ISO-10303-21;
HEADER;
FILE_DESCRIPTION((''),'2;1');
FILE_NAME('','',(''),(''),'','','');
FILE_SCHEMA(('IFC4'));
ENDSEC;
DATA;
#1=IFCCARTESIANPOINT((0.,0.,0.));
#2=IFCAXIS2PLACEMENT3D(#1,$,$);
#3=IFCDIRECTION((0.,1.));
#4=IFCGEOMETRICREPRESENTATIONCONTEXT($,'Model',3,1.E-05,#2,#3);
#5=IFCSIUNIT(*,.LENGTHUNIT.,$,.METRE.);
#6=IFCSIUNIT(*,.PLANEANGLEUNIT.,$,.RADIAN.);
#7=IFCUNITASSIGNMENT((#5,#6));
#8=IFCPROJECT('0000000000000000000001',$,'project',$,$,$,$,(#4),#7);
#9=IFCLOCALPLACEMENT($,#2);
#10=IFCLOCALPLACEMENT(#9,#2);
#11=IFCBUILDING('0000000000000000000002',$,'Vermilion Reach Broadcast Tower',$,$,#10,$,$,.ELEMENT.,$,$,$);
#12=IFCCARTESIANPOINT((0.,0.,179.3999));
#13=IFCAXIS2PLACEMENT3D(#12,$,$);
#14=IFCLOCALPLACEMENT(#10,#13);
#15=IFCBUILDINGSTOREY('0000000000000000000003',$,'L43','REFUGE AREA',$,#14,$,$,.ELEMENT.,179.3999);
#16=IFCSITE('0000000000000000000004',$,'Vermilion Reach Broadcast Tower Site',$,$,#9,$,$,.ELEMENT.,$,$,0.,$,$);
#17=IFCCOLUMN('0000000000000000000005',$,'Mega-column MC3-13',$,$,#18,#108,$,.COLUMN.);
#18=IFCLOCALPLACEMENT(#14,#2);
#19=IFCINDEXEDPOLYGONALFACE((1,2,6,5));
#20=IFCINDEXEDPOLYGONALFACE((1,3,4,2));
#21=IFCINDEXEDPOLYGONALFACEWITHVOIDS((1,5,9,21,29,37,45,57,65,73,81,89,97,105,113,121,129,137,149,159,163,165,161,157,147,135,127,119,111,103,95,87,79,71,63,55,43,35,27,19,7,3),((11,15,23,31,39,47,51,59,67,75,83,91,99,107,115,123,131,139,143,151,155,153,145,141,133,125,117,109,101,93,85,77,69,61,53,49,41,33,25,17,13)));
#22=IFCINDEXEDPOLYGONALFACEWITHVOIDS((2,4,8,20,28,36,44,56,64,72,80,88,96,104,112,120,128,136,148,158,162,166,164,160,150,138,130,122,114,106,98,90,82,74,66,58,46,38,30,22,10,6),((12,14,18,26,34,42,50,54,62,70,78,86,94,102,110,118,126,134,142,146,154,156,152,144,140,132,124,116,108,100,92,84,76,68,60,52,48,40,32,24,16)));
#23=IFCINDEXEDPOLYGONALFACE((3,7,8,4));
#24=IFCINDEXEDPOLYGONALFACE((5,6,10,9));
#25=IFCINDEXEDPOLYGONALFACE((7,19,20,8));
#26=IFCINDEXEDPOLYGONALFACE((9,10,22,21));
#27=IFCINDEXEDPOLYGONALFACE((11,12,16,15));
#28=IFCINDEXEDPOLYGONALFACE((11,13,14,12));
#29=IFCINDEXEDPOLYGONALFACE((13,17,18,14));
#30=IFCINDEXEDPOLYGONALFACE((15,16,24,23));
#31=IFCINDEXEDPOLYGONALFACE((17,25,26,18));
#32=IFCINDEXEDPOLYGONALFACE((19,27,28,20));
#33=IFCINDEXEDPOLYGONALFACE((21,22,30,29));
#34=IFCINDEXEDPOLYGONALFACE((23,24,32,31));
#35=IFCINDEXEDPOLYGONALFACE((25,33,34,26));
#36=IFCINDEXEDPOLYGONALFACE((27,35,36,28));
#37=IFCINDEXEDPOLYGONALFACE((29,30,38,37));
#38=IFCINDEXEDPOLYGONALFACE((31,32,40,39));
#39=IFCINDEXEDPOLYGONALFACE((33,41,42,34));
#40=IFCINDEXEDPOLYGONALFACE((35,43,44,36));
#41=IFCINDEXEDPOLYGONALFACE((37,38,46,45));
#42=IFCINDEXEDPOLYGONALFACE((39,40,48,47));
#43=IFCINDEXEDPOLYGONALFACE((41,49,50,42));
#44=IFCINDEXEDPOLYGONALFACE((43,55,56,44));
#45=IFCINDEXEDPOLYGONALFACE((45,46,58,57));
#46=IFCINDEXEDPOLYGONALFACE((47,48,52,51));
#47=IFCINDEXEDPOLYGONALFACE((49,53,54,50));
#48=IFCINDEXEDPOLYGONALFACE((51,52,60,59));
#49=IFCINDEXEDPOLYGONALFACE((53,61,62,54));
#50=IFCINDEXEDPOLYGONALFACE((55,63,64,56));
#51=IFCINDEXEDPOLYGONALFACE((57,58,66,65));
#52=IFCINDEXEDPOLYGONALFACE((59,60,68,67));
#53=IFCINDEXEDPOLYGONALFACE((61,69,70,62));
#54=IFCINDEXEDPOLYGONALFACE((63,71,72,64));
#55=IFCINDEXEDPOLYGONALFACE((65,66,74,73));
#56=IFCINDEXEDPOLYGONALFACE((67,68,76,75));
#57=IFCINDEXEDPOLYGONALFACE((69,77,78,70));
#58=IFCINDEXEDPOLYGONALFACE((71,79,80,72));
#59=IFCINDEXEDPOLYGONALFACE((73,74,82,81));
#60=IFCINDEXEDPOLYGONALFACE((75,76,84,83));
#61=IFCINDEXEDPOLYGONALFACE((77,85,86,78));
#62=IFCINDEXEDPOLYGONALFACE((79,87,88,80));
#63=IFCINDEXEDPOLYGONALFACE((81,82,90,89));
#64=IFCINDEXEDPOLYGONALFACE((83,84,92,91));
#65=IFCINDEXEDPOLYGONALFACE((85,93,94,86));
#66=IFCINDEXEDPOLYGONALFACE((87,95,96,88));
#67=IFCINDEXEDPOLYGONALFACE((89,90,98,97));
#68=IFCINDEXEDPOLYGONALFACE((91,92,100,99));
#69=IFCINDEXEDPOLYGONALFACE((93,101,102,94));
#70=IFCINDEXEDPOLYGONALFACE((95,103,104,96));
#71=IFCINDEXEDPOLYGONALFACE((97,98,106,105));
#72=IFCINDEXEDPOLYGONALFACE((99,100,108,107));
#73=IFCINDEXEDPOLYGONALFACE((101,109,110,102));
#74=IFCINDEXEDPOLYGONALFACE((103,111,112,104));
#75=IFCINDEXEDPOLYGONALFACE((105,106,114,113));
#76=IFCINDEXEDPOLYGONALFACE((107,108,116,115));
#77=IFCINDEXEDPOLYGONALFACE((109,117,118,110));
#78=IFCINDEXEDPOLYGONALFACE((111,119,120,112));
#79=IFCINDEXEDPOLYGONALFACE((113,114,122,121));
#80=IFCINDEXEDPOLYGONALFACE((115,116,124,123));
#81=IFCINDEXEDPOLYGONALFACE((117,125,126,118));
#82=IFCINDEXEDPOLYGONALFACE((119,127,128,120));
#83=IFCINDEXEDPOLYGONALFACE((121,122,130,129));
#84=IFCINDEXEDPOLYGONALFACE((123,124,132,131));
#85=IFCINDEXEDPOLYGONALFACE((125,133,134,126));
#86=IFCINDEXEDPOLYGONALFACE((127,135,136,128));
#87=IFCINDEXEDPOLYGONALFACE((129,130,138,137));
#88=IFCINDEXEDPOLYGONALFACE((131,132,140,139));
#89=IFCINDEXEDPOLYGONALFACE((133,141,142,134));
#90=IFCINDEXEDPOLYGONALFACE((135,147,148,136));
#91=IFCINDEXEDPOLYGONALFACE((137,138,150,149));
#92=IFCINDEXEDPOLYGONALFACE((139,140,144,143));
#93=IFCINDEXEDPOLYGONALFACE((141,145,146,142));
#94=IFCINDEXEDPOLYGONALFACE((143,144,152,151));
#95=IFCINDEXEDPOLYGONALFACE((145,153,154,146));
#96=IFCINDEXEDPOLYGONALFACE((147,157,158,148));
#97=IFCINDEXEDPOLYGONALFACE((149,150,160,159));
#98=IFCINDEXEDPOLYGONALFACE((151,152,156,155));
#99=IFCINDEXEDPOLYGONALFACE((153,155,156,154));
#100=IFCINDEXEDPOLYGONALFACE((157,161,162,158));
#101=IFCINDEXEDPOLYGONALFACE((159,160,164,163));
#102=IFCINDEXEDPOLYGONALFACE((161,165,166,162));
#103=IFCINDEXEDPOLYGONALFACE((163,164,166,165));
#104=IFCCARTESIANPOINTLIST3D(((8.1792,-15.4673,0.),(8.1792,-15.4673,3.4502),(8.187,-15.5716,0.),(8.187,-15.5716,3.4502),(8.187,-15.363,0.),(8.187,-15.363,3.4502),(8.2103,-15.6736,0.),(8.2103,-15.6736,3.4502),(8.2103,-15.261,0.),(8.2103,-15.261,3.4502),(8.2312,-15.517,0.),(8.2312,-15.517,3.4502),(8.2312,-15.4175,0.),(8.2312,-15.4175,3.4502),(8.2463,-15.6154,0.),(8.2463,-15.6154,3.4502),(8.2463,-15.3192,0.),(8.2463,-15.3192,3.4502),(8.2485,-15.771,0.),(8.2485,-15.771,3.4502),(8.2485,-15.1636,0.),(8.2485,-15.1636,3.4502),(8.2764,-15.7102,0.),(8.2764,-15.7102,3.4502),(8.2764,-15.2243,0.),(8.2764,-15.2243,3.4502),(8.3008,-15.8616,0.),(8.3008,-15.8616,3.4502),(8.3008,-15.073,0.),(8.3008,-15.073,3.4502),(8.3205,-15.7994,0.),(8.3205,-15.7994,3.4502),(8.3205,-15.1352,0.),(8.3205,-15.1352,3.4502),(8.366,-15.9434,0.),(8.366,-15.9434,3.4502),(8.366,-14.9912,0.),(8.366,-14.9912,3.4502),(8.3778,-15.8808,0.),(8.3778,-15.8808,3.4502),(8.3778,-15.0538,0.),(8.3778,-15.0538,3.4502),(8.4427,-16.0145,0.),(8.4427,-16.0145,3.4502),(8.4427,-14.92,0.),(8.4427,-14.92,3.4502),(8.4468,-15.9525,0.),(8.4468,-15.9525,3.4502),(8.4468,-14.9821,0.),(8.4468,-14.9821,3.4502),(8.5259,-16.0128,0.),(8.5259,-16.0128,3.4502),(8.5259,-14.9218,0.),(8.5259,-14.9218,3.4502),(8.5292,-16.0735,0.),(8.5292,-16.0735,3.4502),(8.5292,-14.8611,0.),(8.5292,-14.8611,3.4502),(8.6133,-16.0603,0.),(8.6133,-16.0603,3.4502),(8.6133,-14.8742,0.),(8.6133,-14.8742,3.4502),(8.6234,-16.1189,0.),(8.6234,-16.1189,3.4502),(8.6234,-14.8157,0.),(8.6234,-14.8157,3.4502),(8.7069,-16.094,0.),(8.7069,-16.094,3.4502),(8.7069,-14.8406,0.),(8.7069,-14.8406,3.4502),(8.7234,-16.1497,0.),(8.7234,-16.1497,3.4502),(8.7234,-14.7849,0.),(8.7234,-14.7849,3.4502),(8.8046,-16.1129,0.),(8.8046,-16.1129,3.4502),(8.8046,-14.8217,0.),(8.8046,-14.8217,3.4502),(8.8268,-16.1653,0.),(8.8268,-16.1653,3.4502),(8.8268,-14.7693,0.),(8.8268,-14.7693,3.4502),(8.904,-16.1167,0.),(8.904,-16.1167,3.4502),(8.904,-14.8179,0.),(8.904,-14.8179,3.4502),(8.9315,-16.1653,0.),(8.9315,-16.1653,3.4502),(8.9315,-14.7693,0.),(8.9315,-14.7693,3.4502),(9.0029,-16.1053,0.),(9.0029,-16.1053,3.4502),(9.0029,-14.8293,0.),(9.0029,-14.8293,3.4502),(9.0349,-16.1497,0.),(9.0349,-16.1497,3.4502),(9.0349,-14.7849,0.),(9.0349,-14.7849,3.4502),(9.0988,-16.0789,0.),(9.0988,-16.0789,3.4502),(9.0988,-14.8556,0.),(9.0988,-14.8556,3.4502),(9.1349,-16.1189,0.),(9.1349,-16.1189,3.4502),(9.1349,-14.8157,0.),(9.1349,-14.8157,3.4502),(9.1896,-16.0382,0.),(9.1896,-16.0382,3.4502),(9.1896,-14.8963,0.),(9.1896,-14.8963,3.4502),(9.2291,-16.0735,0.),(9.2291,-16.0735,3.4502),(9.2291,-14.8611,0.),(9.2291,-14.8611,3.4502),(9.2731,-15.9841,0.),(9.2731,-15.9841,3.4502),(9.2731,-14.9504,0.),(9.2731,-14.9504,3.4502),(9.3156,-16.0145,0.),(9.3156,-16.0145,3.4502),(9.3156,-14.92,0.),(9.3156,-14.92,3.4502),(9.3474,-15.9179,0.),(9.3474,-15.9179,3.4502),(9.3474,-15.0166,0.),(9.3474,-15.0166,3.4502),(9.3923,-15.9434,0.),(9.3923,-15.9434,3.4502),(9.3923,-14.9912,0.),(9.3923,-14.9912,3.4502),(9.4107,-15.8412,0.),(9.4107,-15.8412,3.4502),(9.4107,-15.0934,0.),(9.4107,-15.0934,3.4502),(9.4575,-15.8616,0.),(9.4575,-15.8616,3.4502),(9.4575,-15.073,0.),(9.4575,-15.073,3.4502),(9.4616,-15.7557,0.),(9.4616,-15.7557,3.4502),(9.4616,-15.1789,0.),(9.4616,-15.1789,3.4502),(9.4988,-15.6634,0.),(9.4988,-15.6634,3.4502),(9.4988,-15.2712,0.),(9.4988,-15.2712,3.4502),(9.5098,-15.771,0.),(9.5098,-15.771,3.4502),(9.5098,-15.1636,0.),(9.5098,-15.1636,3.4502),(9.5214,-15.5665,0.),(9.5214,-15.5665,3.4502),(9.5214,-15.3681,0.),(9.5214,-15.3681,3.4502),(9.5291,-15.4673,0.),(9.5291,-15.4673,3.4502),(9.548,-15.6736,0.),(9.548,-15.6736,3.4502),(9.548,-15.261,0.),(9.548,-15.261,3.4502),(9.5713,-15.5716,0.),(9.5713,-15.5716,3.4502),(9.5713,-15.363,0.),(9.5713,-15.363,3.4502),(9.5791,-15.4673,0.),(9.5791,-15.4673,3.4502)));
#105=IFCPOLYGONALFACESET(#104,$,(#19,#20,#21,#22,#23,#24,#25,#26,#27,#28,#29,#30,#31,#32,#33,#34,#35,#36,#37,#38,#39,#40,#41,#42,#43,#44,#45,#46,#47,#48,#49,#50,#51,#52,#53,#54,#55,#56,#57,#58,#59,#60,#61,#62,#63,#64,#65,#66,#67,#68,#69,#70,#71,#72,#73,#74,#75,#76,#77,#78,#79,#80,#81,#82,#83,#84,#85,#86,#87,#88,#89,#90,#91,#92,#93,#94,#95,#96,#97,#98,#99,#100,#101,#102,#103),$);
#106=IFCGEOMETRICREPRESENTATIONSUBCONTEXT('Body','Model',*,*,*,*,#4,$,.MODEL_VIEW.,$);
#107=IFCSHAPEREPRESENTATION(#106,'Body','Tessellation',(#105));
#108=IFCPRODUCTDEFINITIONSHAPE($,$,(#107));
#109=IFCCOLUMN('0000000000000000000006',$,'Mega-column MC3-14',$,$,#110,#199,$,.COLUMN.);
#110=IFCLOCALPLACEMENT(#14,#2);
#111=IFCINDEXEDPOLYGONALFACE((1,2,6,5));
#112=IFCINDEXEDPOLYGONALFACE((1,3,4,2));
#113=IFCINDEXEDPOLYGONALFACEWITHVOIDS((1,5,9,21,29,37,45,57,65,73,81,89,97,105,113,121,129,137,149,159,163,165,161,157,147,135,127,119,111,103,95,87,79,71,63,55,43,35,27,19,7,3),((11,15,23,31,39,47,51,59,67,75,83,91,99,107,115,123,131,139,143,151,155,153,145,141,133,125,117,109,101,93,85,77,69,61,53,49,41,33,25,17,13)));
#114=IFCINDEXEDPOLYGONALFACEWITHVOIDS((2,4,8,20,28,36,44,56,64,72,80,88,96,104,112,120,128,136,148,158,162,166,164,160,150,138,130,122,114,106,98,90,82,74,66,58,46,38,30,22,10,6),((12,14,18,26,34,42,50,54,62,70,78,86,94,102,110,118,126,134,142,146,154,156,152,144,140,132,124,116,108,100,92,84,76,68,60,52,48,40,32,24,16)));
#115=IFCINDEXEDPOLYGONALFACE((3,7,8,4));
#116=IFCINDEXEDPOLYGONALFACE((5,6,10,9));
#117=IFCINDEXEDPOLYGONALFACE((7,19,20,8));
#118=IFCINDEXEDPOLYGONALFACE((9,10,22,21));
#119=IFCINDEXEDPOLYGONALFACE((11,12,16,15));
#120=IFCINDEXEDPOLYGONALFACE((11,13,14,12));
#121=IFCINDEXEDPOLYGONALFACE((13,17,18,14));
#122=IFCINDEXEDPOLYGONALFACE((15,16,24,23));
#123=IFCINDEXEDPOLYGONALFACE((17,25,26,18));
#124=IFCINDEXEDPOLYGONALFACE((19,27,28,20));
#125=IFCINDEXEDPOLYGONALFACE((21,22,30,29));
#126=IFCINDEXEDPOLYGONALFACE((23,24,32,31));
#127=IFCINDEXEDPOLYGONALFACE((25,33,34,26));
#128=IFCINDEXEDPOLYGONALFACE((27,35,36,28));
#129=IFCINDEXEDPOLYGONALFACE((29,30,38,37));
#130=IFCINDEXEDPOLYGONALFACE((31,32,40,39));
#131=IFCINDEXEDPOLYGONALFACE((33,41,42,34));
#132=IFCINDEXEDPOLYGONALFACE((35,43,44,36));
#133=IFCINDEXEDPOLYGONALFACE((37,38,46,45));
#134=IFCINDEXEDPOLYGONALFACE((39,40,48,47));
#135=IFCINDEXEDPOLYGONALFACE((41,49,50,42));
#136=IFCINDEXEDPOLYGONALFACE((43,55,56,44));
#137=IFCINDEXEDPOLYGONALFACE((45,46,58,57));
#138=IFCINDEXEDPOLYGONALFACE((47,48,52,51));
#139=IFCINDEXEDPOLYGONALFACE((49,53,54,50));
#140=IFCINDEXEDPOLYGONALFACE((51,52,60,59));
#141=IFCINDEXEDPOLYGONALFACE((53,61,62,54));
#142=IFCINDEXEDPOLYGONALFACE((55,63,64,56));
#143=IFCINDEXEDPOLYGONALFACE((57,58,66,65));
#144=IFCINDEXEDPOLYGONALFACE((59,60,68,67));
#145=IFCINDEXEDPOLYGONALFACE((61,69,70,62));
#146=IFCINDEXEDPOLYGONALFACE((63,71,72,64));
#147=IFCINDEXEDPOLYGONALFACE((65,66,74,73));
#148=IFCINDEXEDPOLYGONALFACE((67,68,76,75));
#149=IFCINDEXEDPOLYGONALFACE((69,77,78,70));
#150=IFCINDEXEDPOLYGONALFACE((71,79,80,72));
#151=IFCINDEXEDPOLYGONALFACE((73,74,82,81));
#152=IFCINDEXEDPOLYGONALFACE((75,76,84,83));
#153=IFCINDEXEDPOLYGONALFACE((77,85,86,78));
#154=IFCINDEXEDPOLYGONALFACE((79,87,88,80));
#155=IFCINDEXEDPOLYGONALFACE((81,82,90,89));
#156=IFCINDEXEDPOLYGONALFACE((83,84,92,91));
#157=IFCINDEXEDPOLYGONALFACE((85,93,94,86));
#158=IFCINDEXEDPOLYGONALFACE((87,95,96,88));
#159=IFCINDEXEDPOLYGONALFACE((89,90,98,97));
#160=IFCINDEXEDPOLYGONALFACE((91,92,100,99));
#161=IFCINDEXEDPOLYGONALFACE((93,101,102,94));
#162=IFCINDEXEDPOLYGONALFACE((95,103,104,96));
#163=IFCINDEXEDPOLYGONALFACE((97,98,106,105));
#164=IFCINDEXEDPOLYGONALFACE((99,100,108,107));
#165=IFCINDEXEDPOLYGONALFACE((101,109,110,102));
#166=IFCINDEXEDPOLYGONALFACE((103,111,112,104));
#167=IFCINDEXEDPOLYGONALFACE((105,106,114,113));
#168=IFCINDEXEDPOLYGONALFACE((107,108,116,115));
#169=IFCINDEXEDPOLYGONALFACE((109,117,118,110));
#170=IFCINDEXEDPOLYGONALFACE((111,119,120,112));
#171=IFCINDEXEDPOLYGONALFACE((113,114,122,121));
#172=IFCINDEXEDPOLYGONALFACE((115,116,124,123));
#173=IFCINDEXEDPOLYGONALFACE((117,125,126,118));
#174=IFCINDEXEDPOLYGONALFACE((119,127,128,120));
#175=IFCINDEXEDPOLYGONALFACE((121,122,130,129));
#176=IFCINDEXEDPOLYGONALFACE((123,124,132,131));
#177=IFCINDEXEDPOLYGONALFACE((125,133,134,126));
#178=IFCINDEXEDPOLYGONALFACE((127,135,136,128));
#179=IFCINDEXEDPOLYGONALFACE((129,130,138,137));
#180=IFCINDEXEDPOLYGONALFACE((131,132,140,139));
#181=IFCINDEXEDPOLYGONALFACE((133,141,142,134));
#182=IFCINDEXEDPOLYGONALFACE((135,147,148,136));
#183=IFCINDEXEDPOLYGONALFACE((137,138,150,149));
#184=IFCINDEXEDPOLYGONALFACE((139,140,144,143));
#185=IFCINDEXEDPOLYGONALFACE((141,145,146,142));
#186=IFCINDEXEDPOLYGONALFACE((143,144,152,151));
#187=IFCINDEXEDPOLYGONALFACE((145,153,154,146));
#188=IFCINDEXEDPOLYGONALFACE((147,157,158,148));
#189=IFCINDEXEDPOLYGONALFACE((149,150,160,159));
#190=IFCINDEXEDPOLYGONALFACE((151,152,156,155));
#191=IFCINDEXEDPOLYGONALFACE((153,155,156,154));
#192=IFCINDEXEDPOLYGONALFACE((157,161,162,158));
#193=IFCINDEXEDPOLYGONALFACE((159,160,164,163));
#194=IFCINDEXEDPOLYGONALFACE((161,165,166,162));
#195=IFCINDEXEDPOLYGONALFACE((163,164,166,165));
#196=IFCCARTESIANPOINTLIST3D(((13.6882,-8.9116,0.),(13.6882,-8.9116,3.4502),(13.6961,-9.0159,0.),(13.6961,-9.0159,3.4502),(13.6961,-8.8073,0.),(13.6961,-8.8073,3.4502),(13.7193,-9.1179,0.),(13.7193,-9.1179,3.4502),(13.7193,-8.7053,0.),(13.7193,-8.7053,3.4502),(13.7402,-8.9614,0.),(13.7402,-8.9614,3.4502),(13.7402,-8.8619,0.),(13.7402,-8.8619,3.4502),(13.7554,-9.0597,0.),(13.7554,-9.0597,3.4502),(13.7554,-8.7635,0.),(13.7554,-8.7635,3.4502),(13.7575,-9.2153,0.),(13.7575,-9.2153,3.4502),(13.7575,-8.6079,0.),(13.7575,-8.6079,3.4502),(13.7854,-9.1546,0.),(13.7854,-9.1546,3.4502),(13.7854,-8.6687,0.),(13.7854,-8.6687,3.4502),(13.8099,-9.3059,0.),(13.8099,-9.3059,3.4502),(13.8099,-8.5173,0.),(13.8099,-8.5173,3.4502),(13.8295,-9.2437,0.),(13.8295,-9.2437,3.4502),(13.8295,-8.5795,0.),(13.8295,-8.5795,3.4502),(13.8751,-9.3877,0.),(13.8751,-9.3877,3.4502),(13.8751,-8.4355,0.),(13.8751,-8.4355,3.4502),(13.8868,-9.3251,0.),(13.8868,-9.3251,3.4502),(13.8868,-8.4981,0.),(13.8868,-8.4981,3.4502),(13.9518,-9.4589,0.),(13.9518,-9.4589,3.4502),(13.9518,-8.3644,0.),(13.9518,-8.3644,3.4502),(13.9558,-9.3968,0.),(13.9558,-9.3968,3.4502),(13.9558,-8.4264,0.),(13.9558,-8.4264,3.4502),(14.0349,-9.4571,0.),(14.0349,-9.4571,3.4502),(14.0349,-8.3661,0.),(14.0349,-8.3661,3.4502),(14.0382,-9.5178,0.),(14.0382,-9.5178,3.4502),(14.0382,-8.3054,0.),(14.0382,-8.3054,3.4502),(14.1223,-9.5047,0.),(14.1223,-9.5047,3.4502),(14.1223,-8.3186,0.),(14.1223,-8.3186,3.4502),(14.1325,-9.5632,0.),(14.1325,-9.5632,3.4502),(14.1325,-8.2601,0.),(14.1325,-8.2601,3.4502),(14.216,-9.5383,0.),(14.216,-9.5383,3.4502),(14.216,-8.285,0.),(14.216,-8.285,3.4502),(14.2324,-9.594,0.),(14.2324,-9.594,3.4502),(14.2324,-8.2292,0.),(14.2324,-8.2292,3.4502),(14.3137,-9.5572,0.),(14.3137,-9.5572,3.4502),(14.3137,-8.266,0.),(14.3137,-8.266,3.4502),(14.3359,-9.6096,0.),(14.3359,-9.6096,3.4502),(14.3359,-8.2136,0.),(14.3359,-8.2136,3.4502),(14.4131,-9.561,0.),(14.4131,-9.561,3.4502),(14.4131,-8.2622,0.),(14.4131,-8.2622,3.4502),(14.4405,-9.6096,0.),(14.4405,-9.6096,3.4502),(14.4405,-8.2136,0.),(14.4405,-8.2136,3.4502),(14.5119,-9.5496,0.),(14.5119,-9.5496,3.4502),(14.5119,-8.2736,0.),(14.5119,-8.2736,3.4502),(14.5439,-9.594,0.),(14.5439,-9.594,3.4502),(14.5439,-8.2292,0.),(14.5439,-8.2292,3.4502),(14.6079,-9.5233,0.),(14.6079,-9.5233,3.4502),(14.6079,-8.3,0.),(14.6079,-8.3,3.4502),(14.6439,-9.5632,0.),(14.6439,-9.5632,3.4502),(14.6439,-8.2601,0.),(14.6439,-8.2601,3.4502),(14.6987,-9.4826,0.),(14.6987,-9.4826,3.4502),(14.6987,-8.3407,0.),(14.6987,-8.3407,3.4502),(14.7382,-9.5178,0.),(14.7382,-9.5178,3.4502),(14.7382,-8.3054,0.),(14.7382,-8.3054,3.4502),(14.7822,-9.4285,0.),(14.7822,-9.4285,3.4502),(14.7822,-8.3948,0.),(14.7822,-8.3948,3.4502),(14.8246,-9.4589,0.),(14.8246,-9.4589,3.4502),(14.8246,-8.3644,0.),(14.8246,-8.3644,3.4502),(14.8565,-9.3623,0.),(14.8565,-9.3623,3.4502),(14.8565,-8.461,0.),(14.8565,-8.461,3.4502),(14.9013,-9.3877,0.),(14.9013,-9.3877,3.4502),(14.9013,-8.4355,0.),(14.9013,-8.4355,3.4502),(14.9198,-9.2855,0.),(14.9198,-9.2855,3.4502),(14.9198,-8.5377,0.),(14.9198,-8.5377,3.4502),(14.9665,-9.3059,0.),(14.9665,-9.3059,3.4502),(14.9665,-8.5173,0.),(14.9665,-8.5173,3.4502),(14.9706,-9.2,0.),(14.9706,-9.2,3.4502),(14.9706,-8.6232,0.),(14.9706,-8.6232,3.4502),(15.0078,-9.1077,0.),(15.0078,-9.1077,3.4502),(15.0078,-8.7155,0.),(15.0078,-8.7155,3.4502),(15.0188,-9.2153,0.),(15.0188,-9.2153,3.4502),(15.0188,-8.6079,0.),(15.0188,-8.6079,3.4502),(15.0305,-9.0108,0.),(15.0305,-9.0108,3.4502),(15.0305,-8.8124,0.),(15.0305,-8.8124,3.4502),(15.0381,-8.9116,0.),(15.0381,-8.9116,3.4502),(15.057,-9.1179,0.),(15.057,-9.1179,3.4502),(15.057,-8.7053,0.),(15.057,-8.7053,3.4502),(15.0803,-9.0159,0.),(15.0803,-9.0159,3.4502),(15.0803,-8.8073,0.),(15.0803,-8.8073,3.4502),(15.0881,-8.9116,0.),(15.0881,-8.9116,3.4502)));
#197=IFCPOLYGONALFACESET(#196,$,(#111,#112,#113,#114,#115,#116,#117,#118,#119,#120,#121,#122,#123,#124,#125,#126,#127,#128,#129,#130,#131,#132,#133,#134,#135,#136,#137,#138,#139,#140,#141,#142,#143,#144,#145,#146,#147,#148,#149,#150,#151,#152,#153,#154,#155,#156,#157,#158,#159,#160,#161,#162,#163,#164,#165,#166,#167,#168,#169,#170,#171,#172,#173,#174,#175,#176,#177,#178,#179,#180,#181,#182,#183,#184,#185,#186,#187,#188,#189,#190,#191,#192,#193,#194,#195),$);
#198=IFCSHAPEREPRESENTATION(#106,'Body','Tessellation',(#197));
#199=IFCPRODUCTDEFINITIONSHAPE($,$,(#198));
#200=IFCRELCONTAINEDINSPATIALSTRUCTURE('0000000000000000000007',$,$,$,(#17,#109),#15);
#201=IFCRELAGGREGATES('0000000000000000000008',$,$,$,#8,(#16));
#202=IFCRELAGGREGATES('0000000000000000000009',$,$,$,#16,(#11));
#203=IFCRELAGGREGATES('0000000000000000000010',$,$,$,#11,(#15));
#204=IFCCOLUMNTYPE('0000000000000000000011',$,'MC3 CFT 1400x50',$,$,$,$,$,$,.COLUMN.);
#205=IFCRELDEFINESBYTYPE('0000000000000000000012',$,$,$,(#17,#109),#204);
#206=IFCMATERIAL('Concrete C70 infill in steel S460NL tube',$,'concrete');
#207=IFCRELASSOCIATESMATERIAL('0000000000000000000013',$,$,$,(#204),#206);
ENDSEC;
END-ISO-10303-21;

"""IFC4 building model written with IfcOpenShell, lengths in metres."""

from ifc_helpers import new_model, si_unit, direction, frame, origin, origin_2d, place, context, subcontext, project, spatial, hollow_circle, extrude, material, material_profile, profile_set, type_object, element, save


model = new_model("IFC4")

# Units and contexts
model_context = context("Model", 3, precision=1e-05, world=origin(), true_north=direction((0.0, 1.0)))
body_context = subcontext(model_context, "Body", "Model", "MODEL_VIEW")
ifc_project = project(units=[si_unit("LENGTHUNIT", "METRE"), si_unit("PLANEANGLEUNIT", "RADIAN")], contexts=[model_context])

# Site, building, storey
site_placement = place(None, origin())
site = spatial("IfcSite", under=ifc_project, at=site_placement, Name="Vermilion Reach Broadcast Tower Site", CompositionType="ELEMENT", RefElevation=0.0)
building_placement = place(site_placement, origin())
building = spatial("IfcBuilding", under=site, at=building_placement, Name="Vermilion Reach Broadcast Tower", CompositionType="ELEMENT")
storey_placement = place(building_placement, frame((0.0, 0.0, 179.3999)))
storey = spatial("IfcBuildingStorey", under=building, at=storey_placement, Name="L43", Description="REFUGE AREA", CompositionType="ELEMENT", Elevation=179.3999)

# Columns
ifc_material_1 = material(Name="Concrete C70 infill in steel S460NL tube", Category="concrete")
ifc_material_profile_1 = material_profile(ifc_material_1, hollow_circle(Radius=0.7, WallThickness=0.05, at=origin_2d()), Name="Concrete C70 infill in steel S460NL tube CFT 1400x50")
ifc_profile_set_1 = profile_set([ifc_material_profile_1], Name="Concrete C70 infill in steel S460NL tube")
column_type = type_object("IfcColumnType", Name="MC3 CFT 1400x50", PredefinedType="COLUMN", material=ifc_profile_set_1)
for number, where, z_axis, x_axis, name in (
    (1, (8.8792, -15.4673, 0.0), (0.0, 0.0, 1.0), (1.0, 0.0, 0.0), "Mega-column MC3-13"),
    (2, (14.3882, -8.9116, 0.0), (0.0, 0.0, 1.0), (1.0, 0.0, 0.0), "Mega-column MC3-14"),
):
    element("IfcColumn", number, at=place(storey_placement, frame(where, z_axis=z_axis, x_axis=x_axis)), inside=storey, type_object=column_type, Name=name, PredefinedType="COLUMN", context=body_context, shape_type="SweptSolid", body=[
        extrude(hollow_circle(Radius=0.7, WallThickness=0.05, at=origin_2d()), origin(), (0.0, 0.0, 1.0), 3.4502),
    ])

save(model, "model.ifc")
